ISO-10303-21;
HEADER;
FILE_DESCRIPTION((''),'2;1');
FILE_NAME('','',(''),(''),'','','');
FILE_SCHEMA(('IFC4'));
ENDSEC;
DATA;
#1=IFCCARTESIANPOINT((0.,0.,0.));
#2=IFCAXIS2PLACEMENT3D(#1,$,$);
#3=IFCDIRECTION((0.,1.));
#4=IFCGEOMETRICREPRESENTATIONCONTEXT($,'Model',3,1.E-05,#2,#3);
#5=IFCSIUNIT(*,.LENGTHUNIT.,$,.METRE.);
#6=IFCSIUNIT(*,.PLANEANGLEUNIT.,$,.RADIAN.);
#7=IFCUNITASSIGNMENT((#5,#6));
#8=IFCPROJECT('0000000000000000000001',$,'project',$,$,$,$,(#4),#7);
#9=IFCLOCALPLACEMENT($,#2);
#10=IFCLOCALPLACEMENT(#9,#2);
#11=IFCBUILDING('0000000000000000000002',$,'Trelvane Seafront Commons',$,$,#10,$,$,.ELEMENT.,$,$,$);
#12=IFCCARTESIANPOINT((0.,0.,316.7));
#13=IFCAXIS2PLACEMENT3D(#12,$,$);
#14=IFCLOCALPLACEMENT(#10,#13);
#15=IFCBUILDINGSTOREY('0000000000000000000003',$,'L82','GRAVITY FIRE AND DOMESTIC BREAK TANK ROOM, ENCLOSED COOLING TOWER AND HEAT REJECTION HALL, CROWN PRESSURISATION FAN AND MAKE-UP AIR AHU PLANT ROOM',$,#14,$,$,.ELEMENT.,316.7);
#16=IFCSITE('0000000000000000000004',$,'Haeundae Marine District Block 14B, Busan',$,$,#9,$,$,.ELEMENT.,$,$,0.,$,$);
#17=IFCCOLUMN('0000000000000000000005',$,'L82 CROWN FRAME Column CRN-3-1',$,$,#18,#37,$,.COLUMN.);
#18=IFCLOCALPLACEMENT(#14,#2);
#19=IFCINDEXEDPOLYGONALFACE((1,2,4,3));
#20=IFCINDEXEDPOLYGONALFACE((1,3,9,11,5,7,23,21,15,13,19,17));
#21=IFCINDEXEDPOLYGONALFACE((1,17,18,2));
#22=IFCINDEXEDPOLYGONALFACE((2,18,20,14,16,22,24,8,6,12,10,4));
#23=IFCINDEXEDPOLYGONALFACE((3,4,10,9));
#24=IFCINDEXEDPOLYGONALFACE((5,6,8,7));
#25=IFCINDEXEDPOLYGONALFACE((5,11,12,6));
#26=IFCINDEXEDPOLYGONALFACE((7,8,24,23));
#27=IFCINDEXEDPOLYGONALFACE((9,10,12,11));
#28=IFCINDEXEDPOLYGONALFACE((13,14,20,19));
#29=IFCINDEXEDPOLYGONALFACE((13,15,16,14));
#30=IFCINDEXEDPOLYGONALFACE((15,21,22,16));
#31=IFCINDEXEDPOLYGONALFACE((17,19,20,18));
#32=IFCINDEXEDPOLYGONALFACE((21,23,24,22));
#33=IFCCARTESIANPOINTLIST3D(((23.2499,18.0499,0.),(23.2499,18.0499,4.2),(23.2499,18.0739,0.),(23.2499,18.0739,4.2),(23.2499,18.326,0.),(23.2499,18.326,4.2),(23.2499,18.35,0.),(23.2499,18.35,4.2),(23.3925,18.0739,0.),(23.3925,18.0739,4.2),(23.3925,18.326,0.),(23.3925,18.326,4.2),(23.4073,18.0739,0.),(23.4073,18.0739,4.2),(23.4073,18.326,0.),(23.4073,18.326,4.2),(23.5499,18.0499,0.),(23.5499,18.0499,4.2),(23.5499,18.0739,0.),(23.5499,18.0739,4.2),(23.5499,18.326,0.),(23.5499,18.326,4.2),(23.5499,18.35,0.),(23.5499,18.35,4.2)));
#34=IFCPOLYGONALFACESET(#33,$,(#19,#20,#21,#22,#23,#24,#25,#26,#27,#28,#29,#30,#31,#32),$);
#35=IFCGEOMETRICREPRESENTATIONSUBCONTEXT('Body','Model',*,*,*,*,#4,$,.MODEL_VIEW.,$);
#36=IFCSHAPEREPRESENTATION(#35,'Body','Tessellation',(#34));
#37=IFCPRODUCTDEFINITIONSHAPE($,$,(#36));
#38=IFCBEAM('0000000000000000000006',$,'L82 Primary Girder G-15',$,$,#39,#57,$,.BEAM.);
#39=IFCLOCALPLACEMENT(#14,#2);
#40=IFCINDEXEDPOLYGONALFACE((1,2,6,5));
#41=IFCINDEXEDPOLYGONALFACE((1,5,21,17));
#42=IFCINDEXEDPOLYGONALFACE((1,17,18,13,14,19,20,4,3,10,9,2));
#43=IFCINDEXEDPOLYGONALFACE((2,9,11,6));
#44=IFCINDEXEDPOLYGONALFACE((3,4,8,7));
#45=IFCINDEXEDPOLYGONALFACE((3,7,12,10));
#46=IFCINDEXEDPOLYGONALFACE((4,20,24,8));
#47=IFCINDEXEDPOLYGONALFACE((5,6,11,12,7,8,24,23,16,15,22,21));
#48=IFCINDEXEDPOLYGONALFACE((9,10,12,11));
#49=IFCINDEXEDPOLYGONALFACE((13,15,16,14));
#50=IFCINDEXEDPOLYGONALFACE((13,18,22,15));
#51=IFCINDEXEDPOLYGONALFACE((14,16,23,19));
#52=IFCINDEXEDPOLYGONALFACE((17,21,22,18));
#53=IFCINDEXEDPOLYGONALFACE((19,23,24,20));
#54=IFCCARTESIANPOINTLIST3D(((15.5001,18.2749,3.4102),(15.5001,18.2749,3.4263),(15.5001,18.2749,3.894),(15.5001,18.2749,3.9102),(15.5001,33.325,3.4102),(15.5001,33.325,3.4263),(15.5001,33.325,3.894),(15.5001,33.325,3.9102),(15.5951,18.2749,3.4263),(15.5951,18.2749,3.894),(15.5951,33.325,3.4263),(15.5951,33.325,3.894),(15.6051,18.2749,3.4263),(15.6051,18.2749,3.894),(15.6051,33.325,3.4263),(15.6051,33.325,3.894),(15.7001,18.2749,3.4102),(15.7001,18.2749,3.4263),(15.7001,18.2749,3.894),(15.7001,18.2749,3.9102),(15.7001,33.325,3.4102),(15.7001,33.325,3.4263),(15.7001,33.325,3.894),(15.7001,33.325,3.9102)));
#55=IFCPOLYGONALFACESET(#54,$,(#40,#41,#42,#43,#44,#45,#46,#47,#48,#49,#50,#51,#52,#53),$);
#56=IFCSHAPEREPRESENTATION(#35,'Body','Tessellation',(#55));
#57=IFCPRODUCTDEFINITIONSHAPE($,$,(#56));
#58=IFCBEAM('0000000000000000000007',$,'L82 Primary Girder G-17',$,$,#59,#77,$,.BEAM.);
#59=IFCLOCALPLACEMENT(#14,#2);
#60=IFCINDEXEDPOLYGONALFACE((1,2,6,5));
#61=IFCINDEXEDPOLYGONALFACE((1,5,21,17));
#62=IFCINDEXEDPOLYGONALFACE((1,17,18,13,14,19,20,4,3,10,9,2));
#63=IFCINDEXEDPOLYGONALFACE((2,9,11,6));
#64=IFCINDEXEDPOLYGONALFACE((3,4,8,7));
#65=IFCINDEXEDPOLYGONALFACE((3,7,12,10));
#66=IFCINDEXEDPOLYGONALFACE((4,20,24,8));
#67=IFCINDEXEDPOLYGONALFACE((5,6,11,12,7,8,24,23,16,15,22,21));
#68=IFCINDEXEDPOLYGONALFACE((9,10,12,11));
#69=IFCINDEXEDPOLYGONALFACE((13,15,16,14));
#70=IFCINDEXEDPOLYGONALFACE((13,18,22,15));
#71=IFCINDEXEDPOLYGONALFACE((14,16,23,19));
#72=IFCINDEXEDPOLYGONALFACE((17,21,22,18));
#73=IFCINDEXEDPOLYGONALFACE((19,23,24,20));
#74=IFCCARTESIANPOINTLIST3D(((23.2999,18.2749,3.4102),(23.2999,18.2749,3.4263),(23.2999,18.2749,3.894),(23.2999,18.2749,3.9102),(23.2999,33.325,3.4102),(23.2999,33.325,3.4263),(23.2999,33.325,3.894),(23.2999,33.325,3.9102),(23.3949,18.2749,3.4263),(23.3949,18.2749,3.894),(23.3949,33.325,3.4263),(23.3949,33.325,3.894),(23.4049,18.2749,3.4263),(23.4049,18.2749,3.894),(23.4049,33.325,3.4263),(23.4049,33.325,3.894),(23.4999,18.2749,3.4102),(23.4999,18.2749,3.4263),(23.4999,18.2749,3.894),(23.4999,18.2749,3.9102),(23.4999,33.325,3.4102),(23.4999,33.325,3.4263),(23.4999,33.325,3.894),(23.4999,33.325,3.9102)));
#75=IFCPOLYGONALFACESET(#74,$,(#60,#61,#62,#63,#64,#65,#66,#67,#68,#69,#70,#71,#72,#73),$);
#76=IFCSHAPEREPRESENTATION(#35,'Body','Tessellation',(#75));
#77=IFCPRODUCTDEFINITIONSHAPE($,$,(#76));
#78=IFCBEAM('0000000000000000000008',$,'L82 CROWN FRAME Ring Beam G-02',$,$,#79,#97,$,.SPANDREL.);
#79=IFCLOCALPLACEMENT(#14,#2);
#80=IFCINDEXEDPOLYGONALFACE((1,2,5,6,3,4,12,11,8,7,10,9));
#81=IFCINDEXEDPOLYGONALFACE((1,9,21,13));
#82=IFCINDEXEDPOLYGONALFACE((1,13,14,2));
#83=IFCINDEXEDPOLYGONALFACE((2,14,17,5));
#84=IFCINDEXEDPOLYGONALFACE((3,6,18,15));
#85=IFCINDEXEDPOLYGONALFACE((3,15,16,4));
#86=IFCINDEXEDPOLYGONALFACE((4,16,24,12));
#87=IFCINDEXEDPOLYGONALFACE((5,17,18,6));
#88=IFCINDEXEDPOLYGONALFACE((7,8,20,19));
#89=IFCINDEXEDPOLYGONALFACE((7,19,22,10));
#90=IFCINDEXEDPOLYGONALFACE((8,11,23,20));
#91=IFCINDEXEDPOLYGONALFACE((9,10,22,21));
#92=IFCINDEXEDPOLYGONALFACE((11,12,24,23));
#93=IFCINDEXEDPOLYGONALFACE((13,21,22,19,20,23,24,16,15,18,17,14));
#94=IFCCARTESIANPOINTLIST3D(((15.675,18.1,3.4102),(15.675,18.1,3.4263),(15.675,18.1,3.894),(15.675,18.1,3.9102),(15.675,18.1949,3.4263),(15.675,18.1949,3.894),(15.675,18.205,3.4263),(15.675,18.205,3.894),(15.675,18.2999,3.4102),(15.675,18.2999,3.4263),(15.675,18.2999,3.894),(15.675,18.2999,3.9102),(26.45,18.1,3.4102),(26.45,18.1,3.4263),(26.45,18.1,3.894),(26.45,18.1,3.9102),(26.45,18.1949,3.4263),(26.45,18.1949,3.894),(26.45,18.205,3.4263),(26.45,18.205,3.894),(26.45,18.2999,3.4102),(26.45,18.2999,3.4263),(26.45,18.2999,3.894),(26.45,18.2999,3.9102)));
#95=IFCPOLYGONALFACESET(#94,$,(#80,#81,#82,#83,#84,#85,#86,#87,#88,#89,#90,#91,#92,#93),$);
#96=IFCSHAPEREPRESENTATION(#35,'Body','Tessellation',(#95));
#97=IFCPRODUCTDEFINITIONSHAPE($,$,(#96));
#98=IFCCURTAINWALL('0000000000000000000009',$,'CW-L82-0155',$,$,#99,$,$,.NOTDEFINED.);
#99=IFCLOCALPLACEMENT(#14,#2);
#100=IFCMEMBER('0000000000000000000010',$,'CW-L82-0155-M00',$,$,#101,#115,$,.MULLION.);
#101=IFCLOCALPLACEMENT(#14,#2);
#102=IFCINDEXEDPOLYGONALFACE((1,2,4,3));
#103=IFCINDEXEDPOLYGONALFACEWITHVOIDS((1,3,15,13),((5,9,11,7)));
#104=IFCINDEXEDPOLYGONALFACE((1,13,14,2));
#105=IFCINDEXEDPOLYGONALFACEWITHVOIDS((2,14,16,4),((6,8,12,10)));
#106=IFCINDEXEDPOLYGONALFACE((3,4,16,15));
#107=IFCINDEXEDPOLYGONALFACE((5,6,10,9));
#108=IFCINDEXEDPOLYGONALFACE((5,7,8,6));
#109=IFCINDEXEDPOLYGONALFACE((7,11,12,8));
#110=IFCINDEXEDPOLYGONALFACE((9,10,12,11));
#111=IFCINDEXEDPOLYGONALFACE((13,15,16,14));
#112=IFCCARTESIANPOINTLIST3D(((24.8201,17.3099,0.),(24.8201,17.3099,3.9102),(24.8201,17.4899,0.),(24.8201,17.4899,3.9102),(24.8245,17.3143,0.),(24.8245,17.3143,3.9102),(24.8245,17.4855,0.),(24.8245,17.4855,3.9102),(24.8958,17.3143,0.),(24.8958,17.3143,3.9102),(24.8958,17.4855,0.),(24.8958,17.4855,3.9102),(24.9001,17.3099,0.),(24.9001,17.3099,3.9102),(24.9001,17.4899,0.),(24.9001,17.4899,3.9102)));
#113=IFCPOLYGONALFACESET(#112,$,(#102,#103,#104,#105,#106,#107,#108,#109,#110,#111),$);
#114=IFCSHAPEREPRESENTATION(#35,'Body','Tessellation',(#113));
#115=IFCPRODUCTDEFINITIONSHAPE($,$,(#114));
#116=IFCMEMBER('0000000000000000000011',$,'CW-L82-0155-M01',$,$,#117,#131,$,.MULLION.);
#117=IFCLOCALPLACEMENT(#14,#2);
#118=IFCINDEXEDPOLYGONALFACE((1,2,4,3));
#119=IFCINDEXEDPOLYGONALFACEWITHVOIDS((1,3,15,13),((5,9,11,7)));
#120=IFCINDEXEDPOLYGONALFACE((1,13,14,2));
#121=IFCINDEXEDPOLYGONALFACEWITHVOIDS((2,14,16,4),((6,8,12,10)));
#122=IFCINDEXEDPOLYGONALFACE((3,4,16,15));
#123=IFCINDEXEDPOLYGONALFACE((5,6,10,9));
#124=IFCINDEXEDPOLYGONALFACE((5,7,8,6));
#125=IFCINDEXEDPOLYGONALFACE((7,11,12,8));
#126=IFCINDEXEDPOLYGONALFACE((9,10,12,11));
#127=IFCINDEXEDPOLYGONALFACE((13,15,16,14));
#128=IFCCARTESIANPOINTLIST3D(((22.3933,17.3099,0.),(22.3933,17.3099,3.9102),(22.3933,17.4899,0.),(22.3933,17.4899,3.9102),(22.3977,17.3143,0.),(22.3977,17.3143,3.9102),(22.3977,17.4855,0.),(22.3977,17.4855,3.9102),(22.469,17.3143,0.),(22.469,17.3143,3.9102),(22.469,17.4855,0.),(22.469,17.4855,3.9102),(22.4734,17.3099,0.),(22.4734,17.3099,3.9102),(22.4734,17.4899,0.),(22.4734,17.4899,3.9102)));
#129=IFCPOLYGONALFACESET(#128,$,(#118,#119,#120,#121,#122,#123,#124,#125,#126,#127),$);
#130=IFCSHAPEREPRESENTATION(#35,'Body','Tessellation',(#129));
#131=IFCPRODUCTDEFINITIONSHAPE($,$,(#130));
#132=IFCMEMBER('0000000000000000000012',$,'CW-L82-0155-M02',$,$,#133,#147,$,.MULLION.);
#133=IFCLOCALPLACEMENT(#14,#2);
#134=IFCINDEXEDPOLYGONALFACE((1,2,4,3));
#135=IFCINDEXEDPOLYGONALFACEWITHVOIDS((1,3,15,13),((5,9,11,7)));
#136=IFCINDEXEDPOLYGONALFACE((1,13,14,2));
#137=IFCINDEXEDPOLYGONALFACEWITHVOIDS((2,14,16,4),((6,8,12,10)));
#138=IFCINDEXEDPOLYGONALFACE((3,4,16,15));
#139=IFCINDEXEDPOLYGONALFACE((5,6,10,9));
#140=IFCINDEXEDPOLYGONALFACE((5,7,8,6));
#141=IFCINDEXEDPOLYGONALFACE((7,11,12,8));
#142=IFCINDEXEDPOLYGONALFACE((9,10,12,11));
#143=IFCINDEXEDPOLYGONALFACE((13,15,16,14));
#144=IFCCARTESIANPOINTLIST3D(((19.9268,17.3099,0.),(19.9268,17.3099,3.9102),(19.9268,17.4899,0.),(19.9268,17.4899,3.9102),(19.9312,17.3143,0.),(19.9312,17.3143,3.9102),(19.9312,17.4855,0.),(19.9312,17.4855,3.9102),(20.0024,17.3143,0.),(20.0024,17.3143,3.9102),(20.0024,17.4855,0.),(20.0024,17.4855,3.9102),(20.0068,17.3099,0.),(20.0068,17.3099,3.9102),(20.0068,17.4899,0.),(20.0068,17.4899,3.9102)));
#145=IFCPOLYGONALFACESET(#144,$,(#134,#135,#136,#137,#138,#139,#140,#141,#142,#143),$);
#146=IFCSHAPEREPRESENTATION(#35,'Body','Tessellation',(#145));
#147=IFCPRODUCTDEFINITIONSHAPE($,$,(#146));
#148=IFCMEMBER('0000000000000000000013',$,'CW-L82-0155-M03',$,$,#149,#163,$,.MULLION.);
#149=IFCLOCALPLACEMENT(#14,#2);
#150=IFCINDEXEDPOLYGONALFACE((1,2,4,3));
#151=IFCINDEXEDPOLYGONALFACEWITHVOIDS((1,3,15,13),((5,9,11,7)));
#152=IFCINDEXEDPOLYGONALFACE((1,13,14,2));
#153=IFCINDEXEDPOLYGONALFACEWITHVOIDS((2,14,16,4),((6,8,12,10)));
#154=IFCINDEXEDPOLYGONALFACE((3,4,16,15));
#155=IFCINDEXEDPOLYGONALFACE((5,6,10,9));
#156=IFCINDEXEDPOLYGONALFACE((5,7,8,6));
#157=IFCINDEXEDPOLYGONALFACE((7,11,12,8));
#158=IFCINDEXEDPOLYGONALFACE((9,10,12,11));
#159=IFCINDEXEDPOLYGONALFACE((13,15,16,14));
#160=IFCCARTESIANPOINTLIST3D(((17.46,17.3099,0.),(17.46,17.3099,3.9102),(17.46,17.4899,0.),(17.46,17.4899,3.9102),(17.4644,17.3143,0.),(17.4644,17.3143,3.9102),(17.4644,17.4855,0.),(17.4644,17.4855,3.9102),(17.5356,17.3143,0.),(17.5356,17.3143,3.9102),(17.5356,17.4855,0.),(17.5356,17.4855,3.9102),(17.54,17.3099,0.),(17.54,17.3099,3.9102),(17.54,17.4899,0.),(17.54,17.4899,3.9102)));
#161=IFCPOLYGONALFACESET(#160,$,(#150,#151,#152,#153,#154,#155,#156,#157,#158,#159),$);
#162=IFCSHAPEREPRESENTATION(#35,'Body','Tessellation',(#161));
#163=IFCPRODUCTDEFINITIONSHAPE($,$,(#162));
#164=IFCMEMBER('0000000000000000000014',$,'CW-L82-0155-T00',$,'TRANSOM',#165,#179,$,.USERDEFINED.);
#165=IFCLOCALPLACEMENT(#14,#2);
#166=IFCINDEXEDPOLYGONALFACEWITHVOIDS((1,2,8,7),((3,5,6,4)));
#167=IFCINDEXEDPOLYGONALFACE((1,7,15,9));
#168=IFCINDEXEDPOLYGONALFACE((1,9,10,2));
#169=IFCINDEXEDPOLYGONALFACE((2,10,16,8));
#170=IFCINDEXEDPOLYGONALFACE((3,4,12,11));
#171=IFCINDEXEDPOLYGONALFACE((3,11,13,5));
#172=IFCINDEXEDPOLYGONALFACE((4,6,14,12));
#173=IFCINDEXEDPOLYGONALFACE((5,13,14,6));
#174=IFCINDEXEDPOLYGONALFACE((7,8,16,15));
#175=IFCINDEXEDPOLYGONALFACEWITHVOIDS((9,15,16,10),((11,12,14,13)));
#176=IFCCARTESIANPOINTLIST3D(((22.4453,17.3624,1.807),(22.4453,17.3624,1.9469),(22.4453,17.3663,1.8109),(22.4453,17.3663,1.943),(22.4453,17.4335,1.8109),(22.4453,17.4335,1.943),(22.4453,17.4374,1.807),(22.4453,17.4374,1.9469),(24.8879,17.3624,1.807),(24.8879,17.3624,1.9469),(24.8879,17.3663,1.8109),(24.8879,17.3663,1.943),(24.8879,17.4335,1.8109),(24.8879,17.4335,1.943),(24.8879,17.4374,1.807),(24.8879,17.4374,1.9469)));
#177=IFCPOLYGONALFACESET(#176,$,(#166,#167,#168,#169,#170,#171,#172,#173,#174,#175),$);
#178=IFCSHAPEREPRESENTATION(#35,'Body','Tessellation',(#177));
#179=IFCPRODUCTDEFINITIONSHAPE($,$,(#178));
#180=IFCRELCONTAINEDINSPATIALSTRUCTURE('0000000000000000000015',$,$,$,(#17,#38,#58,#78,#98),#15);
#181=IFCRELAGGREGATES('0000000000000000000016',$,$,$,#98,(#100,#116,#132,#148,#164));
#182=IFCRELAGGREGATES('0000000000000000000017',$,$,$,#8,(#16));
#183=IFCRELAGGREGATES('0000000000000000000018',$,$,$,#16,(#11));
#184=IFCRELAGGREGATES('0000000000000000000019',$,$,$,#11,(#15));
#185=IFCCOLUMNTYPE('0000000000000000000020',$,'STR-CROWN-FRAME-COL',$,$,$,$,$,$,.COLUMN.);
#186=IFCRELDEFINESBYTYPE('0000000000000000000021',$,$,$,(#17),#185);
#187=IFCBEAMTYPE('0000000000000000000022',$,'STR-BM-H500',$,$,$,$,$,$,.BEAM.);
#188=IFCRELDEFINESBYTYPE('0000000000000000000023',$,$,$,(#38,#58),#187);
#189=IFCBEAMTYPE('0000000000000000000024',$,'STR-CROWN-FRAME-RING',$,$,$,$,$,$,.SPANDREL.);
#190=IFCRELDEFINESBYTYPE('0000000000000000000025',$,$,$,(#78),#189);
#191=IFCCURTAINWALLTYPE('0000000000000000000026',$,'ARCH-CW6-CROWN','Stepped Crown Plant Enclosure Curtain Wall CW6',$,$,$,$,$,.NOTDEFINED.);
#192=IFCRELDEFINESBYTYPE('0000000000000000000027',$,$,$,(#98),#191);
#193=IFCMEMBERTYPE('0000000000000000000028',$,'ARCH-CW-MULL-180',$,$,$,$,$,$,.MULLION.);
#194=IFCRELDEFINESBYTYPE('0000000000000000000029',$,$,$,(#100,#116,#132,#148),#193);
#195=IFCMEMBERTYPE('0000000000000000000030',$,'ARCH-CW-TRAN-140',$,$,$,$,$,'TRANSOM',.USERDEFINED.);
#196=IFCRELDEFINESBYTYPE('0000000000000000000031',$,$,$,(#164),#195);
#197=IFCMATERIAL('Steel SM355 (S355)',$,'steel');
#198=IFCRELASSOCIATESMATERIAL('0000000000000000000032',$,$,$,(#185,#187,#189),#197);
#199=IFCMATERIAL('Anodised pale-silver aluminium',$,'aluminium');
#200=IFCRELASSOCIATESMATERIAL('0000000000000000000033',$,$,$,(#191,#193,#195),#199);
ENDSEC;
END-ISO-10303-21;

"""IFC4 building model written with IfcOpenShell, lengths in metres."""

from ifc_helpers import new_model, si_unit, direction, frame, origin, origin_2d, place, context, subcontext, project, spatial, hollow_rectangle, i_section, extrude, source, transform, mapped, material, material_profile, profile_set, type_object, element, aggregate, save


model = new_model("IFC4")

# Units and contexts
model_context = context("Model", 3, precision=1e-05, world=origin(), true_north=direction((0.0, 1.0)))
body_context = subcontext(model_context, "Body", "Model", "MODEL_VIEW")
ifc_project = project(units=[si_unit("LENGTHUNIT", "METRE"), si_unit("PLANEANGLEUNIT", "RADIAN")], contexts=[model_context])

# Site, building, storey
site_placement = place(None, origin())
site = spatial("IfcSite", under=ifc_project, at=site_placement, Name="Haeundae Marine District Block 14B, Busan", CompositionType="ELEMENT", RefElevation=0.0)
building_placement = place(site_placement, origin())
building = spatial("IfcBuilding", under=site, at=building_placement, Name="Trelvane Seafront Commons", CompositionType="ELEMENT")
storey_placement = place(building_placement, frame((0.0, 0.0, 316.7)))
storey = spatial("IfcBuildingStorey", under=building, at=storey_placement, Name="L82", Description="GRAVITY FIRE AND DOMESTIC BREAK TANK ROOM, ENCLOSED COOLING TOWER AND HEAT REJECTION HALL, CROWN PRESSURISATION FAN AND MAKE-UP AIR AHU PLANT ROOM", CompositionType="ELEMENT", Elevation=316.7)

# Column
ifc_material_1 = material(Name="Steel SM355 (S355)", Category="steel")
ifc_material_profile_1 = material_profile(ifc_material_1, i_section(OverallWidth=0.3, OverallDepth=0.3, WebThickness=0.0149, FlangeThickness=0.0239, at=origin_2d()), Name="HD-300x300x15x24")
ifc_profile_set_1 = profile_set([ifc_material_profile_1], Name="Steel SM355 (S355)")
column_type = type_object("IfcColumnType", Name="STR-CROWN-FRAME-COL", PredefinedType="COLUMN", material=ifc_profile_set_1)
shared_shape_1 = source(origin(), body_context, "Body", "SweptSolid", [
    extrude(i_section(OverallWidth=0.3, OverallDepth=0.3, WebThickness=0.0149, FlangeThickness=0.0239, at=origin_2d()), origin(), (0.0, 0.0, 1.0), 4.2),
])
column_placement = place(storey_placement, frame((23.3999, 18.2, 0.0), z_axis=(0.0, 0.0, 1.0), x_axis=(1.0, 0.0, 0.0)))
element("IfcColumn", 1, at=column_placement, inside=storey, type_object=column_type, Name="L82 CROWN FRAME Column CRN-3-1", PredefinedType="COLUMN", context=body_context, shape_type="MappedRepresentation", body=[
    mapped(shared_shape_1, transform((0.0, 0.0, 0.0), x_axis=(1.0, 0.0, 0.0), y_axis=(0.0, 1.0, 0.0), z_axis=(0.0, 0.0, 1.0), scale=1.0)),
])

# Beams
ifc_material_profile_2 = material_profile(ifc_material_1, i_section(OverallWidth=0.2, OverallDepth=0.5, WebThickness=0.01, FlangeThickness=0.0161, at=origin_2d()), Name="H-500x200x10x16")
ifc_profile_set_2 = profile_set([ifc_material_profile_2], Name="Steel SM355 (S355)")
beam_type_1 = type_object("IfcBeamType", Name="STR-BM-H500", PredefinedType="BEAM", material=ifc_profile_set_2)
shared_shape_2 = source(origin(), body_context, "Body", "SweptSolid", [
    extrude(i_section(OverallWidth=0.2, OverallDepth=0.5, WebThickness=0.01, FlangeThickness=0.0161, at=origin_2d()), origin(), (0.0, 0.0, 1.0), 15.05),
])
for number, where, z_axis, x_axis, name in (
    (2, (15.6001, 18.2749, 3.6602), (0.0, 1.0, 0.0), (-1.0, 0.0, 0.0), "L82 Primary Girder G-15"),
    (3, (23.3999, 18.2749, 3.6602), (0.0, 1.0, 0.0), (-1.0, 0.0, 0.0), "L82 Primary Girder G-17"),
):
    element("IfcBeam", number, at=place(storey_placement, frame(where, z_axis=z_axis, x_axis=x_axis)), inside=storey, type_object=beam_type_1, Name=name, PredefinedType="BEAM", context=body_context, shape_type="MappedRepresentation", body=[
        mapped(shared_shape_2, transform((0.0, 0.0, 0.0), x_axis=(1.0, 0.0, 0.0), y_axis=(0.0, 1.0, 0.0), z_axis=(0.0, 0.0, 1.0), scale=1.0)),
    ])
ifc_material_profile_3 = material_profile(ifc_material_1, i_section(OverallWidth=0.2, OverallDepth=0.5, WebThickness=0.01, FlangeThickness=0.0161, at=origin_2d()), Name="H-500x200x10x16")
ifc_profile_set_3 = profile_set([ifc_material_profile_3], Name="Steel SM355 (S355)")
beam_type_2 = type_object("IfcBeamType", Name="STR-CROWN-FRAME-RING", PredefinedType="SPANDREL", material=ifc_profile_set_3)
shared_shape_3 = source(origin(), body_context, "Body", "SweptSolid", [
    extrude(i_section(OverallWidth=0.2, OverallDepth=0.5, WebThickness=0.01, FlangeThickness=0.0161, at=origin_2d()), origin(), (0.0, 0.0, 1.0), 10.7749),
])
beam_placement = place(storey_placement, frame((15.675, 18.2, 3.6602), z_axis=(1.0, 0.0, 0.0), x_axis=(0.0, 1.0, 0.0)))
element("IfcBeam", 4, at=beam_placement, inside=storey, type_object=beam_type_2, Name="L82 CROWN FRAME Ring Beam G-02", PredefinedType="SPANDREL", context=body_context, shape_type="MappedRepresentation", body=[
    mapped(shared_shape_3, transform((0.0, 0.0, 0.0), x_axis=(1.0, 0.0, 0.0), y_axis=(0.0, 1.0, 0.0), z_axis=(0.0, 0.0, 1.0), scale=1.0)),
])

# Curtain wall, members
ifc_material_2 = material(Name="Anodised pale-silver aluminium", Category="aluminium")
curtain_wall_type = type_object("IfcCurtainWallType", Name="ARCH-CW6-CROWN", Description="Stepped Crown Plant Enclosure Curtain Wall CW6", PredefinedType="NOTDEFINED", material=ifc_material_2)
curtain_wall_placement = place(storey_placement, origin())
curtain_wall = element("IfcCurtainWall", 5, at=curtain_wall_placement, inside=storey, type_object=curtain_wall_type, Name="CW-L82-0155", PredefinedType="NOTDEFINED")
ifc_material_profile_4 = material_profile(ifc_material_2, hollow_rectangle(XDim=0.0801, YDim=0.1799, WallThickness=0.0044, at=origin_2d()), Name="MULL-80x180x4.5")
ifc_profile_set_4 = profile_set([ifc_material_profile_4], Name="Anodised pale-silver aluminium")
member_type_1 = type_object("IfcMemberType", Name="ARCH-CW-MULL-180", PredefinedType="MULLION", material=ifc_profile_set_4)
shared_shape_4 = source(origin(), body_context, "Body", "SweptSolid", [
    extrude(hollow_rectangle(XDim=0.0801, YDim=0.1799, WallThickness=0.0044, at=origin_2d()), origin(), (0.0, 0.0, 1.0), 3.9102),
])
member_1_placement = place(storey_placement, frame((24.8601, 17.3999, 0.0), z_axis=(0.0, 0.0, 1.0), x_axis=(1.0, 0.0, 0.0)))
member_1 = element("IfcMember", 6, at=member_1_placement, type_object=member_type_1, Name="CW-L82-0155-M00", PredefinedType="MULLION", context=body_context, shape_type="MappedRepresentation", body=[
    mapped(shared_shape_4, transform((0.0, 0.0, 0.0), x_axis=(1.0, 0.0, 0.0), y_axis=(0.0, 1.0, 0.0), z_axis=(0.0, 0.0, 1.0), scale=1.0)),
])
member_2_placement = place(storey_placement, frame((22.4333, 17.3999, 0.0), z_axis=(0.0, 0.0, 1.0), x_axis=(1.0, 0.0, 0.0)))
member_2 = element("IfcMember", 7, at=member_2_placement, type_object=member_type_1, Name="CW-L82-0155-M01", PredefinedType="MULLION", context=body_context, shape_type="MappedRepresentation", body=[
    mapped(shared_shape_4, transform((0.0, 0.0, 0.0), x_axis=(1.0, 0.0, 0.0), y_axis=(0.0, 1.0, 0.0), z_axis=(0.0, 0.0, 1.0), scale=1.0)),
])
member_3_placement = place(storey_placement, frame((19.9668, 17.3999, 0.0), z_axis=(0.0, 0.0, 1.0), x_axis=(1.0, 0.0, 0.0)))
member_3 = element("IfcMember", 8, at=member_3_placement, type_object=member_type_1, Name="CW-L82-0155-M02", PredefinedType="MULLION", context=body_context, shape_type="MappedRepresentation", body=[
    mapped(shared_shape_4, transform((0.0, 0.0, 0.0), x_axis=(1.0, 0.0, 0.0), y_axis=(0.0, 1.0, 0.0), z_axis=(0.0, 0.0, 1.0), scale=1.0)),
])
member_4_placement = place(storey_placement, frame((17.5, 17.3999, 0.0), z_axis=(0.0, 0.0, 1.0), x_axis=(1.0, 0.0, 0.0)))
member_4 = element("IfcMember", 9, at=member_4_placement, type_object=member_type_1, Name="CW-L82-0155-M03", PredefinedType="MULLION", context=body_context, shape_type="MappedRepresentation", body=[
    mapped(shared_shape_4, transform((0.0, 0.0, 0.0), x_axis=(1.0, 0.0, 0.0), y_axis=(0.0, 1.0, 0.0), z_axis=(0.0, 0.0, 1.0), scale=1.0)),
])
ifc_material_profile_5 = material_profile(ifc_material_2, hollow_rectangle(XDim=0.075, YDim=0.1399, WallThickness=0.0039, at=origin_2d()), Name="TRAN-75x140x4")
ifc_profile_set_5 = profile_set([ifc_material_profile_5], Name="Anodised pale-silver aluminium")
member_type_2 = type_object("IfcMemberType", Name="ARCH-CW-TRAN-140", ElementType="TRANSOM", PredefinedType="USERDEFINED", material=ifc_profile_set_5)
shared_shape_5 = source(origin(), body_context, "Body", "SweptSolid", [
    extrude(hollow_rectangle(XDim=0.075, YDim=0.1399, WallThickness=0.0039, at=origin_2d()), origin(), (0.0, 0.0, 1.0), 2.4426),
])
member_5_placement = place(storey_placement, frame((24.8879, 17.3999, 1.877), z_axis=(-1.0, 0.0, 0.0), x_axis=(0.0, -1.0, 0.0)))
member_5 = element("IfcMember", 10, at=member_5_placement, type_object=member_type_2, Name="CW-L82-0155-T00", ObjectType="TRANSOM", PredefinedType="USERDEFINED", context=body_context, shape_type="MappedRepresentation", body=[
    mapped(shared_shape_5, transform((0.0, 0.0, 0.0), x_axis=(1.0, 0.0, 0.0), y_axis=(0.0, 1.0, 0.0), z_axis=(0.0, 0.0, 1.0), scale=1.0)),
])
aggregate(curtain_wall, [member_1, member_2, member_3, member_4, member_5])

save(model, "model.ifc")
